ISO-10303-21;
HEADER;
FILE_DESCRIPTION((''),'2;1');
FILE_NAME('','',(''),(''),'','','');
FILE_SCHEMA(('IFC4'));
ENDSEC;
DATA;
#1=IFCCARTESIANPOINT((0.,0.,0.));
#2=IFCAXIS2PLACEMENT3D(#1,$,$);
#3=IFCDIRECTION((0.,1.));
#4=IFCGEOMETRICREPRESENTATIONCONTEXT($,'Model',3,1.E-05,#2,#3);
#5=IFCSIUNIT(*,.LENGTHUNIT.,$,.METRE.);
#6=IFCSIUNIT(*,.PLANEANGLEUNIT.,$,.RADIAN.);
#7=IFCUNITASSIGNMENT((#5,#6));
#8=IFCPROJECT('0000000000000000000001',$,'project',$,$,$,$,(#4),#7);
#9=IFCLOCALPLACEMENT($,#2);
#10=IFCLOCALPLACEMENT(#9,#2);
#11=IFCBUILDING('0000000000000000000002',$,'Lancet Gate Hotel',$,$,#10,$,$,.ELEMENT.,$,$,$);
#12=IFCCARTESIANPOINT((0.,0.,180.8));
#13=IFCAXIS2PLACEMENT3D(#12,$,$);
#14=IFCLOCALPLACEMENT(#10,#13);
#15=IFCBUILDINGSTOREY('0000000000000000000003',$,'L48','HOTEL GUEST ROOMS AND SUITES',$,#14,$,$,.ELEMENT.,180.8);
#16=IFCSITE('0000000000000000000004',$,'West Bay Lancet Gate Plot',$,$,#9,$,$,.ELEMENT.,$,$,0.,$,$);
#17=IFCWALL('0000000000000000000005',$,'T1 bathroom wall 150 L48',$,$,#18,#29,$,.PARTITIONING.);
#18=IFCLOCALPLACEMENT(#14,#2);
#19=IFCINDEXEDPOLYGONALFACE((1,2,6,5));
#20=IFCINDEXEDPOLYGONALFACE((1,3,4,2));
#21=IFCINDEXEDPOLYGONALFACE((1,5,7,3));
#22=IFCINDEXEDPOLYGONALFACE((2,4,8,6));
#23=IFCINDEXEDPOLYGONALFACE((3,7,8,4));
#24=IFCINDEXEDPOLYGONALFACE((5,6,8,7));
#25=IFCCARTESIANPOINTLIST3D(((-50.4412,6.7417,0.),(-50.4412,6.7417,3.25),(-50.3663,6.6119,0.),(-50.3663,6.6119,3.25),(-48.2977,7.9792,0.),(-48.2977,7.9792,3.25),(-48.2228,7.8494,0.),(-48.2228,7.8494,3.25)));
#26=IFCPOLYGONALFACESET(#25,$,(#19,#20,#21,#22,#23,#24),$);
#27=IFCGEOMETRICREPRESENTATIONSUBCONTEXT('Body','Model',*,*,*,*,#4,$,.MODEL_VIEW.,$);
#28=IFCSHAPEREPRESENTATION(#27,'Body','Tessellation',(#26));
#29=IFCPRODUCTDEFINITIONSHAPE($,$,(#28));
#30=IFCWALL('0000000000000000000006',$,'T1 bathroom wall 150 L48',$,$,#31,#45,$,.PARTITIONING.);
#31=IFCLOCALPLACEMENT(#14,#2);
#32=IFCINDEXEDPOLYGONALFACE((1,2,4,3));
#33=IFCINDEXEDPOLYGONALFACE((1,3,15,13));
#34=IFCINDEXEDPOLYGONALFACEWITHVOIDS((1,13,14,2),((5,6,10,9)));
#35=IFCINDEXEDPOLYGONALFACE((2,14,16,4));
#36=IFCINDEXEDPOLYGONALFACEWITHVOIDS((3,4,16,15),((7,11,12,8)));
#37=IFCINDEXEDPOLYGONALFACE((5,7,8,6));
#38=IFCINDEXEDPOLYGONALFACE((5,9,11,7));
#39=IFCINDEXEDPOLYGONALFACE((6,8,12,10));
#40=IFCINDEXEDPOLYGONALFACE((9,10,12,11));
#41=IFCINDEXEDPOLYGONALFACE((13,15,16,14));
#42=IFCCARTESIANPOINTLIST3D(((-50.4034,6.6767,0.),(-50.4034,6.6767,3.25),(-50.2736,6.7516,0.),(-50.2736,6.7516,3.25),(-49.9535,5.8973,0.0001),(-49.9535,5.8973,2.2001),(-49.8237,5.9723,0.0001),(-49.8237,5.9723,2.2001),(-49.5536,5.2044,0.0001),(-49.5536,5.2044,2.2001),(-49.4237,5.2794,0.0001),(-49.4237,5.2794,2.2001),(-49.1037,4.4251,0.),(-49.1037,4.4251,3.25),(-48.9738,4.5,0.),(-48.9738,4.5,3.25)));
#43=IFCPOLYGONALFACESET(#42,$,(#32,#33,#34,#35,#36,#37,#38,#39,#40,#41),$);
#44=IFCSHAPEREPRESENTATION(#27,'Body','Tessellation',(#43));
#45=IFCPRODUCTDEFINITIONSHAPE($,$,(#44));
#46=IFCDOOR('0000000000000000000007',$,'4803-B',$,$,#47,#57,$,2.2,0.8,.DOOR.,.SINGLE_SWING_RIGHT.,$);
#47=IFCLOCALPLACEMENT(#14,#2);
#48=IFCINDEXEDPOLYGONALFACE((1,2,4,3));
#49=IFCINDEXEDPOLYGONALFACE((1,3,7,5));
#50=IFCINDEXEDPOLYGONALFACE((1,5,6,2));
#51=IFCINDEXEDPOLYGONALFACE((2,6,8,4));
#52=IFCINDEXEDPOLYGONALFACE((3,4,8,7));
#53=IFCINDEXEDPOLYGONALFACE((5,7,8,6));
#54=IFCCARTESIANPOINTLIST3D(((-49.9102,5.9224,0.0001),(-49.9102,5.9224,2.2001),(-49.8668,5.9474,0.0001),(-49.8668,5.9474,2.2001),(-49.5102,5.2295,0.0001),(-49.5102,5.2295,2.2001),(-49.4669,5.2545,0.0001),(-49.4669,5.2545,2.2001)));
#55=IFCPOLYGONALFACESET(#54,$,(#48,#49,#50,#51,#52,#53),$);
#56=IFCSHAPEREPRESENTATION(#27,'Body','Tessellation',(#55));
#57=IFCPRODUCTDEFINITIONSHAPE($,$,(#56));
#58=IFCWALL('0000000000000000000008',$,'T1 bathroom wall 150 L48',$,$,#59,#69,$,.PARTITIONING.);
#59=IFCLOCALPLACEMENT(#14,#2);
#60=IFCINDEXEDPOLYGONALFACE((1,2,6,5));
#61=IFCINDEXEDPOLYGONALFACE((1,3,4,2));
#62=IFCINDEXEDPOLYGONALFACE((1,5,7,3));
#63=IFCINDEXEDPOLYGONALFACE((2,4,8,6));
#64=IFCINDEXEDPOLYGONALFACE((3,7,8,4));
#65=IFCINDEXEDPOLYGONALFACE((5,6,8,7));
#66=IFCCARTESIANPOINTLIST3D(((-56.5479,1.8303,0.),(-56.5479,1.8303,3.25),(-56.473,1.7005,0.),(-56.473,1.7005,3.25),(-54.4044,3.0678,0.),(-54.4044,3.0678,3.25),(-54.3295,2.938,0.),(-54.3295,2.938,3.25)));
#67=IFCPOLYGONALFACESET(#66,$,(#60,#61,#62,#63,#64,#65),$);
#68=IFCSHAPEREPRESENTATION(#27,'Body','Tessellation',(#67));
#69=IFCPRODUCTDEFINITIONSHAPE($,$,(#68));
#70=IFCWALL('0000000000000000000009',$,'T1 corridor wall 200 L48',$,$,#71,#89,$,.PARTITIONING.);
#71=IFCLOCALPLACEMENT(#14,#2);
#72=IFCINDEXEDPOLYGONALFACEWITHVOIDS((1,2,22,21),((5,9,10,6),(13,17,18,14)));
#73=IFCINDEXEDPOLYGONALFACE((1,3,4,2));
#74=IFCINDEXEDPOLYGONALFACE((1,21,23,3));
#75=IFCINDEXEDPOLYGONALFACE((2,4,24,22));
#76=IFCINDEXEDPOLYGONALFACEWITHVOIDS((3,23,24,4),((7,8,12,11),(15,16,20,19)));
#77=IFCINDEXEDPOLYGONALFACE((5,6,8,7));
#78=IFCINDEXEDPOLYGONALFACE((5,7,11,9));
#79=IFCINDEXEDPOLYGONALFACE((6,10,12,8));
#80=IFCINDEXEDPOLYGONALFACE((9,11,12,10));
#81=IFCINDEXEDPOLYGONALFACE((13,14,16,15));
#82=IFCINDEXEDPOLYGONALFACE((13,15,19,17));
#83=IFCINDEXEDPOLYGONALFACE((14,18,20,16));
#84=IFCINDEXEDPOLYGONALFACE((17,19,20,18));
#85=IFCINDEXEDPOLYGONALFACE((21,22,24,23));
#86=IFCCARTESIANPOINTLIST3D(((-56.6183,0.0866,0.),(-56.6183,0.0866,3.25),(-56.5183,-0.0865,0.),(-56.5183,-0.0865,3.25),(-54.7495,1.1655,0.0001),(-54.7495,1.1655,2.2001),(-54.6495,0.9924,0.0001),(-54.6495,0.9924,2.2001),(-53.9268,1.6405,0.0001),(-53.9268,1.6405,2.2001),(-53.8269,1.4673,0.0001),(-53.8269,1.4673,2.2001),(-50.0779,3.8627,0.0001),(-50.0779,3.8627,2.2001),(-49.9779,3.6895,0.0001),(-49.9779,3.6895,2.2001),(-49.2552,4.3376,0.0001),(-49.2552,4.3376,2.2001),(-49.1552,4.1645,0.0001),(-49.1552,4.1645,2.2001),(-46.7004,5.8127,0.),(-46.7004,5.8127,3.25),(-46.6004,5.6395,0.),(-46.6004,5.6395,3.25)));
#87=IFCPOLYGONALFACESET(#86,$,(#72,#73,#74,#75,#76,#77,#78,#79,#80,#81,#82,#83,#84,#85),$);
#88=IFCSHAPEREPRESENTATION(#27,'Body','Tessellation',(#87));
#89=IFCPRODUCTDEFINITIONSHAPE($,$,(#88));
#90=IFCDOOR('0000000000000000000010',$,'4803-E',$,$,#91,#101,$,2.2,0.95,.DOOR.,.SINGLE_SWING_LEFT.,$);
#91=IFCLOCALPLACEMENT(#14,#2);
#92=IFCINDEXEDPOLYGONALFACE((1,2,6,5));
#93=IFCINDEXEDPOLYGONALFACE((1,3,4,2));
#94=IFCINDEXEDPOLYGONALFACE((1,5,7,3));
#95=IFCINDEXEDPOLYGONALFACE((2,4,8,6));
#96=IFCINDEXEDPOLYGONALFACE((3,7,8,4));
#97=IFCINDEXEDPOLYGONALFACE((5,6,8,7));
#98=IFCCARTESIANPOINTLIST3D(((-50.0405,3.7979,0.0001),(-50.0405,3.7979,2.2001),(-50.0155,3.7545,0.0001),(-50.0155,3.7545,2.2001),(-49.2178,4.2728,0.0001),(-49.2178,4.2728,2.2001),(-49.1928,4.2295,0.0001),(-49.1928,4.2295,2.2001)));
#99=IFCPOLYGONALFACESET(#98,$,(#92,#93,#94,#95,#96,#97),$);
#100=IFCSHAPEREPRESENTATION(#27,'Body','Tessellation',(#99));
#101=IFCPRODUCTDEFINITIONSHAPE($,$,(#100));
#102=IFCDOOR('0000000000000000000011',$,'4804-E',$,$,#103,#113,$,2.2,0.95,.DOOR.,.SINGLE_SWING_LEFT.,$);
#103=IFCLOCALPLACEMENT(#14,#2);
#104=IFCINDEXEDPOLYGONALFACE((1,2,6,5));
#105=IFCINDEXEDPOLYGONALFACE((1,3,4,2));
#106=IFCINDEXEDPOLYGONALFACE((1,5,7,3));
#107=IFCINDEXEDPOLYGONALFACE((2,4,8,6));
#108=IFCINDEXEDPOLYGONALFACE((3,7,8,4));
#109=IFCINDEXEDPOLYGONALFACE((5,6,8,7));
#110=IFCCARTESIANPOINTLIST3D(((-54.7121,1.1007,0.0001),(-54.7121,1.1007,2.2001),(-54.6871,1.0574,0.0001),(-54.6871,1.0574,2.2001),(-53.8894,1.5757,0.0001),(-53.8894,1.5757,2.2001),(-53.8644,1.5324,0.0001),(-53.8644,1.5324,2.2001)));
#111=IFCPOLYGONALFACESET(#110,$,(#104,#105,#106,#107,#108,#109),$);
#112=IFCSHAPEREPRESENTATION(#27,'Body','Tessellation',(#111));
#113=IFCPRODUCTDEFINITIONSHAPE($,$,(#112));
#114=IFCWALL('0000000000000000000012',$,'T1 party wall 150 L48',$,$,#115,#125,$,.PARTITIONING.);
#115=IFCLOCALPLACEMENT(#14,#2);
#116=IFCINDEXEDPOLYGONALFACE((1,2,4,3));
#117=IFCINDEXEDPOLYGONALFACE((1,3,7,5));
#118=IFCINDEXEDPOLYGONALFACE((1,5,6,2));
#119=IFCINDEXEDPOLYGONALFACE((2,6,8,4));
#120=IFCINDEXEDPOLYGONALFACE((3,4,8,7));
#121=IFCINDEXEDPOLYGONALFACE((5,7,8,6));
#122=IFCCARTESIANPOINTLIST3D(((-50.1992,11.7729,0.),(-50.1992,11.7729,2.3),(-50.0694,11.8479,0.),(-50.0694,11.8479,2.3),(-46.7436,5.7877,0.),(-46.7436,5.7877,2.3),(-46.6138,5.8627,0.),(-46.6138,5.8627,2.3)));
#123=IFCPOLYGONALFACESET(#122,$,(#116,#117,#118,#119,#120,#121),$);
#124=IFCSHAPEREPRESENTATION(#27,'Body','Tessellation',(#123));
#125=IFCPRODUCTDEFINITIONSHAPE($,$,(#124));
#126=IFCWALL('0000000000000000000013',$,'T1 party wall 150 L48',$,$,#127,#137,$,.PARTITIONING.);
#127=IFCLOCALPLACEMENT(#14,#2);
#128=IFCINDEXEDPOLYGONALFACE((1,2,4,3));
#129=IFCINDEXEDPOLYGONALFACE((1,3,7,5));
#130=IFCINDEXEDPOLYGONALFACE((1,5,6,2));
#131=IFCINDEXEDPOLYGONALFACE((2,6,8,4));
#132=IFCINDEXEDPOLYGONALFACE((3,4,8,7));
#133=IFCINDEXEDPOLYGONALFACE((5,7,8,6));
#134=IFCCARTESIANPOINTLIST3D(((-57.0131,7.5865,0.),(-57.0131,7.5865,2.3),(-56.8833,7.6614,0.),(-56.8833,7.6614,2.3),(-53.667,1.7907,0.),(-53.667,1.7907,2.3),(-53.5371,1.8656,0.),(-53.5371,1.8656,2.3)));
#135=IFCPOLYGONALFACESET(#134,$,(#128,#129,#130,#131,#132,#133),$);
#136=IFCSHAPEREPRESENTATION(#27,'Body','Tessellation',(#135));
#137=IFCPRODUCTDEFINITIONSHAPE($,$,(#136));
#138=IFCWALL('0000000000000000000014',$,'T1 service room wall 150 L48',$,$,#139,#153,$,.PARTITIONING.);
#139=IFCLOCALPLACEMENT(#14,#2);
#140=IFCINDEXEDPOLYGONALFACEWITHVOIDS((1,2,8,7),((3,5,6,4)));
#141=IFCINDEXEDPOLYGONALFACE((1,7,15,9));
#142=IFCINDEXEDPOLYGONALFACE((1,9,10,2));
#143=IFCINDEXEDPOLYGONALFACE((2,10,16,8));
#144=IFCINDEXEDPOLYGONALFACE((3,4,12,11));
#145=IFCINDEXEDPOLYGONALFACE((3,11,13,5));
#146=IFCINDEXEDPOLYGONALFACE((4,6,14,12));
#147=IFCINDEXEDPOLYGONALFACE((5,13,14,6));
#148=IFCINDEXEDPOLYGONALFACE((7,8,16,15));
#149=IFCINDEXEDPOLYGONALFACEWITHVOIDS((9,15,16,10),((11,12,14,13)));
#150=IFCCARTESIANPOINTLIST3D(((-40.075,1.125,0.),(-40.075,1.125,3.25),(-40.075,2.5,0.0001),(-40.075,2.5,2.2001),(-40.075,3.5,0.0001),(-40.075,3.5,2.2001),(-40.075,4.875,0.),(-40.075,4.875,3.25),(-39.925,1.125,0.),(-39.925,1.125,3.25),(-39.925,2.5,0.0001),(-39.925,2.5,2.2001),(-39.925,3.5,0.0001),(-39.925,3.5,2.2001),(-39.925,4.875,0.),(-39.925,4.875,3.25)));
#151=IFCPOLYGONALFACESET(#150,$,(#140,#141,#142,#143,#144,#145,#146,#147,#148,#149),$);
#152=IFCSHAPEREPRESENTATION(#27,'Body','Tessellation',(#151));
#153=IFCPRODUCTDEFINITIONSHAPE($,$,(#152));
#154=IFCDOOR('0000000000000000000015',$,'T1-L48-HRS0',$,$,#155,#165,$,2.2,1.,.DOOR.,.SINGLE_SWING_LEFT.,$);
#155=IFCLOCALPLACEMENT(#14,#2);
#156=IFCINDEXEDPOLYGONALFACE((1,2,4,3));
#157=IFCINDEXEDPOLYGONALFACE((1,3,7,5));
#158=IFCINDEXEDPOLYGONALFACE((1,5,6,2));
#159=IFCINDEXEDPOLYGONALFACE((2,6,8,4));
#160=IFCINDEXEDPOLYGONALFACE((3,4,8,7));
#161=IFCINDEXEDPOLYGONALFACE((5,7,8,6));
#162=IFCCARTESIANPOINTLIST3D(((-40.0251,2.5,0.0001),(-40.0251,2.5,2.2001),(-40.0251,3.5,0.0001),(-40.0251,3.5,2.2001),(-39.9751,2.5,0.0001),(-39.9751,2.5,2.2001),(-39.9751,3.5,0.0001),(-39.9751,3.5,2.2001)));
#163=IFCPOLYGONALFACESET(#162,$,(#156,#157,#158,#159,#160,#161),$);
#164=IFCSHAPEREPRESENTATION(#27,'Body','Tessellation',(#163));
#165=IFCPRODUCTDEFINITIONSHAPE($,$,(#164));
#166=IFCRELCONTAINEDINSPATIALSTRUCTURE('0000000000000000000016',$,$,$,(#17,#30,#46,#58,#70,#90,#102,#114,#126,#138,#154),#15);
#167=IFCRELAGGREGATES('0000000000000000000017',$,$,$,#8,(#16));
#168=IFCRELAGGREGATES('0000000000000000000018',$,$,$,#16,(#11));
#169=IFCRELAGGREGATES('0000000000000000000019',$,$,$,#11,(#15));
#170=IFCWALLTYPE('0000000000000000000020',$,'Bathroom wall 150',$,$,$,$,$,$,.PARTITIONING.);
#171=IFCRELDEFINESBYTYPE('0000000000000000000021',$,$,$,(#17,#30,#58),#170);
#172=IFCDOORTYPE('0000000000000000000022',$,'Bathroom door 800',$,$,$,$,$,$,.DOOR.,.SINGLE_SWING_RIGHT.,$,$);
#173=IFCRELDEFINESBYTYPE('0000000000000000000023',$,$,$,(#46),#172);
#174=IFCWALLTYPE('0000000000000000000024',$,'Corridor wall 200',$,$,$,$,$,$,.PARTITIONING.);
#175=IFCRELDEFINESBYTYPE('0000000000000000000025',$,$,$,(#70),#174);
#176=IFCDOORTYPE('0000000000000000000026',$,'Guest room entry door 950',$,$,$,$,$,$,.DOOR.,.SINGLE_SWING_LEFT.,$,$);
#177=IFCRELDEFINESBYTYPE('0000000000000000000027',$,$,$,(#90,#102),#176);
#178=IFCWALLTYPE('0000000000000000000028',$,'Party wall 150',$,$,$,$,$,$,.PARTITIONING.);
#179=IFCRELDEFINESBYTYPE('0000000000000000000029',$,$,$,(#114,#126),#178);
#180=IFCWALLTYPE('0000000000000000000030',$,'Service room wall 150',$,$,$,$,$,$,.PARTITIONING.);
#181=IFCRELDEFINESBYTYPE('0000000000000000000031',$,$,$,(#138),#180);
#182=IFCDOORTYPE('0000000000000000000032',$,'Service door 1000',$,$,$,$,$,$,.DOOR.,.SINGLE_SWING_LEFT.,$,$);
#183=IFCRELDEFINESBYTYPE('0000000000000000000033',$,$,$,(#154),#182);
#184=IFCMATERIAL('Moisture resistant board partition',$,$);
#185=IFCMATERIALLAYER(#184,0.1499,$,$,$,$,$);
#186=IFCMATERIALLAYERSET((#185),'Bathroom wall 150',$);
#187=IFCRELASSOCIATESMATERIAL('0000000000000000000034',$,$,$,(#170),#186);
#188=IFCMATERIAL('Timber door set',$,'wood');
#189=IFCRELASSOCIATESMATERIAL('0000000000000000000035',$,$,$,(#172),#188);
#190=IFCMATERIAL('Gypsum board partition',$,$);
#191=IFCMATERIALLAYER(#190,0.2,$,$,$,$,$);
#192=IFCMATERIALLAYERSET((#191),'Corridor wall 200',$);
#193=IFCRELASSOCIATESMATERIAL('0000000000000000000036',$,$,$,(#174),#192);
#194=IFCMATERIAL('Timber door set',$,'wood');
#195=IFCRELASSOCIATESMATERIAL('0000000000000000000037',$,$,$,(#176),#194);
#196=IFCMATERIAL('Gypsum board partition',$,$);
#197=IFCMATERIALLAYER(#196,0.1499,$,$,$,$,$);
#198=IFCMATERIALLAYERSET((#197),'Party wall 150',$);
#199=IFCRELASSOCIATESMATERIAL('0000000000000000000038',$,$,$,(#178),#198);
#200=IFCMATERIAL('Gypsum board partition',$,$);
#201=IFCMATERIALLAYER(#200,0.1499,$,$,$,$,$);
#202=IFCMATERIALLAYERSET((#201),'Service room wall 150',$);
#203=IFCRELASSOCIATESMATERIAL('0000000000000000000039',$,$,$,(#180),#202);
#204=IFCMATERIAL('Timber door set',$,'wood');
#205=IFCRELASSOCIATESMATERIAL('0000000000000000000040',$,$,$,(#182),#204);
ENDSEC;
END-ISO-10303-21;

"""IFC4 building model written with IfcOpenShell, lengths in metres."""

from ifc_helpers import new_model, si_unit, direction, frame, frame_2d, origin, place, context, subcontext, project, spatial, rectangle, extrude, material, layer, layer_set, type_object, element, fill, save


model = new_model("IFC4")

# Units and contexts
model_context = context("Model", 3, precision=1e-05, world=origin(), true_north=direction((0.0, 1.0)))
body_context = subcontext(model_context, "Body", "Model", "MODEL_VIEW")
ifc_project = project(units=[si_unit("LENGTHUNIT", "METRE"), si_unit("PLANEANGLEUNIT", "RADIAN")], contexts=[model_context])

# Site, building, storey
site_placement = place(None, origin())
site = spatial("IfcSite", under=ifc_project, at=site_placement, Name="West Bay Lancet Gate Plot", CompositionType="ELEMENT", RefElevation=0.0)
building_placement = place(site_placement, origin())
building = spatial("IfcBuilding", under=site, at=building_placement, Name="Lancet Gate Hotel", CompositionType="ELEMENT")
storey_placement = place(building_placement, frame((0.0, 0.0, 180.8)))
storey = spatial("IfcBuildingStorey", under=building, at=storey_placement, Name="L48", Description="HOTEL GUEST ROOMS AND SUITES", CompositionType="ELEMENT", Elevation=180.8)

# Wall
ifc_material_1 = material(Name="Moisture resistant board partition")
ifc_layer_1 = layer(ifc_material_1, 0.1499)
ifc_layer_set_1 = layer_set([ifc_layer_1], Name="Bathroom wall 150")
wall_type_1 = type_object("IfcWallType", Name="Bathroom wall 150", PredefinedType="PARTITIONING", material=ifc_layer_set_1)
wall_1_placement = place(storey_placement, frame((-48.2603, 7.9143, 0.0), z_axis=(0.0, 0.0, 1.0), x_axis=(-0.866031, -0.49999, 0.0)))
element("IfcWall", 1, at=wall_1_placement, inside=storey, type_object=wall_type_1, Name="T1 bathroom wall 150 L48", PredefinedType="PARTITIONING", context=body_context, shape_type="SweptSolid", body=[
    extrude(rectangle(XDim=2.4751, YDim=0.1499, at=frame_2d((1.2375, 0.0))), origin(), (0.0, 0.0, 1.0), 3.25),
])

# Wall, opening, door
wall_2_placement = place(storey_placement, frame((-49.0388, 4.4626, 0.0), z_axis=(0.0, 0.0, 1.0), x_axis=(-0.499937, 0.866062, 0.0)))
wall_2 = element("IfcWall", 2, at=wall_2_placement, inside=storey, type_object=wall_type_1, Name="T1 bathroom wall 150 L48", PredefinedType="PARTITIONING", context=body_context, shape_type="SweptSolid", body=[
    extrude(rectangle(XDim=2.5999, YDim=0.1499, at=frame_2d((1.2998, 0.0))), origin(), (0.0, 0.0, 1.0), 3.25),
])
opening_1_placement = place(wall_2_placement, frame((0.8999, 0.0, 0.0)))
opening_1 = element("IfcOpeningElement", 3, at=opening_1_placement, cuts=wall_2, PredefinedType="OPENING", context=body_context, shape_type="SweptSolid", body=[
    extrude(rectangle(XDim=0.8, YDim=2.2, at=frame_2d((0.3999, 1.1001))), frame((0.0, 0.085, 0.0), z_axis=(0.0, -1.0, 0.0), x_axis=(1.0, 0.0, 0.0)), (0.0, 0.0, 1.0), 0.1699),
])
ifc_material_2 = material(Name="Timber door set", Category="wood")
door_type_1 = type_object("IfcDoorType", Name="Bathroom door 800", OperationType="SINGLE_SWING_RIGHT", PredefinedType="DOOR", material=ifc_material_2)
door_1_placement = place(opening_1_placement, origin())
door_1 = element("IfcDoor", 4, at=door_1_placement, inside=storey, type_object=door_type_1, Name="4803-B", OperationType="SINGLE_SWING_RIGHT", OverallHeight=2.2, OverallWidth=0.8, PredefinedType="DOOR", context=body_context, shape_type="SweptSolid", body=[
    extrude(rectangle(XDim=0.8, YDim=2.2, at=frame_2d((0.3999, 1.1001))), frame((0.0, 0.0249, 0.0), z_axis=(0.0, -1.0, 0.0), x_axis=(1.0, 0.0, 0.0)), (0.0, 0.0, 1.0), 0.05),
])
fill(opening_1, door_1)

# Wall
wall_3_placement = place(storey_placement, frame((-54.3669, 3.0029, 0.0), z_axis=(0.0, 0.0, 1.0), x_axis=(-0.866031, -0.49999, 0.0)))
element("IfcWall", 5, at=wall_3_placement, inside=storey, type_object=wall_type_1, Name="T1 bathroom wall 150 L48", PredefinedType="PARTITIONING", context=body_context, shape_type="SweptSolid", body=[
    extrude(rectangle(XDim=2.4751, YDim=0.1499, at=frame_2d((1.2375, 0.0))), origin(), (0.0, 0.0, 1.0), 3.25),
])

# Wall, openings, doors
ifc_material_3 = material(Name="Gypsum board partition")
ifc_layer_2 = layer(ifc_material_3, 0.2)
ifc_layer_set_2 = layer_set([ifc_layer_2], Name="Corridor wall 200")
wall_type_2 = type_object("IfcWallType", Name="Corridor wall 200", PredefinedType="PARTITIONING", material=ifc_layer_set_2)
wall_4_placement = place(storey_placement, frame((-46.6504, 5.7261, 0.0), z_axis=(0.0, 0.0, 1.0), x_axis=(-0.866028, -0.499996, 0.0)))
wall_4 = element("IfcWall", 6, at=wall_4_placement, inside=storey, type_object=wall_type_2, Name="T1 corridor wall 200 L48", PredefinedType="PARTITIONING", context=body_context, shape_type="SweptSolid", body=[
    extrude(rectangle(XDim=11.4521, YDim=0.2, at=frame_2d((5.7261, 0.0))), origin(), (0.0, 0.0, 1.0), 3.25),
])
opening_2_placement = place(wall_4_placement, frame((2.95, 0.0, 0.0)))
opening_2 = element("IfcOpeningElement", 7, at=opening_2_placement, cuts=wall_4, PredefinedType="OPENING", context=body_context, shape_type="SweptSolid", body=[
    extrude(rectangle(XDim=0.95, YDim=2.2, at=frame_2d((0.4751, 1.1001))), frame((0.0, 0.1099, 0.0), z_axis=(0.0, -1.0, 0.0), x_axis=(1.0, 0.0, 0.0)), (0.0, 0.0, 1.0), 0.22),
])
opening_3_placement = place(wall_4_placement, frame((8.3442, 0.0, 0.0)))
opening_3 = element("IfcOpeningElement", 8, at=opening_3_placement, cuts=wall_4, PredefinedType="OPENING", context=body_context, shape_type="SweptSolid", body=[
    extrude(rectangle(XDim=0.95, YDim=2.2, at=frame_2d((0.4751, 1.1001))), frame((0.0, 0.1099, 0.0), z_axis=(0.0, -1.0, 0.0), x_axis=(1.0, 0.0, 0.0)), (0.0, 0.0, 1.0), 0.22),
])
ifc_material_4 = material(Name="Timber door set", Category="wood")
door_type_2 = type_object("IfcDoorType", Name="Guest room entry door 950", OperationType="SINGLE_SWING_LEFT", PredefinedType="DOOR", material=ifc_material_4)
door_2_placement = place(opening_2_placement, origin())
door_2 = element("IfcDoor", 9, at=door_2_placement, inside=storey, type_object=door_type_2, Name="4803-E", OperationType="SINGLE_SWING_LEFT", OverallHeight=2.2, OverallWidth=0.95, PredefinedType="DOOR", context=body_context, shape_type="SweptSolid", body=[
    extrude(rectangle(XDim=0.95, YDim=2.2, at=frame_2d((0.4751, 1.1001))), frame((0.0, 0.0249, 0.0), z_axis=(0.0, -1.0, 0.0), x_axis=(1.0, 0.0, 0.0)), (0.0, 0.0, 1.0), 0.05),
])
fill(opening_2, door_2)
door_3_placement = place(opening_3_placement, origin())
door_3 = element("IfcDoor", 10, at=door_3_placement, inside=storey, type_object=door_type_2, Name="4804-E", OperationType="SINGLE_SWING_LEFT", OverallHeight=2.2, OverallWidth=0.95, PredefinedType="DOOR", context=body_context, shape_type="SweptSolid", body=[
    extrude(rectangle(XDim=0.95, YDim=2.2, at=frame_2d((0.4751, 1.1001))), frame((0.0, 0.0249, 0.0), z_axis=(0.0, -1.0, 0.0), x_axis=(1.0, 0.0, 0.0)), (0.0, 0.0, 1.0), 0.05),
])
fill(opening_3, door_3)

# Walls
ifc_material_5 = material(Name="Gypsum board partition")
ifc_layer_3 = layer(ifc_material_5, 0.1499)
ifc_layer_set_3 = layer_set([ifc_layer_3], Name="Party wall 150")
wall_type_3 = type_object("IfcWallType", Name="Party wall 150", PredefinedType="PARTITIONING", material=ifc_layer_set_3)
wall_5_placement = place(storey_placement, frame((-46.6787, 5.8252, 0.0), z_axis=(0.0, 0.0, 1.0), x_axis=(-0.500007, 0.866021, 0.0)))
element("IfcWall", 11, at=wall_5_placement, inside=storey, type_object=wall_type_3, Name="T1 party wall 150 L48", PredefinedType="PARTITIONING", context=body_context, shape_type="SweptSolid", body=[
    extrude(rectangle(XDim=6.9111, YDim=0.1499, at=frame_2d((3.4556, 0.0))), origin(), (0.0, 0.0, 1.0), 2.3),
])
wall_6_placement = place(storey_placement, frame((-53.6021, 1.8281, 0.0), z_axis=(0.0, 0.0, 1.0), x_axis=(-0.499992, 0.86603, 0.0)))
element("IfcWall", 12, at=wall_6_placement, inside=storey, type_object=wall_type_3, Name="T1 party wall 150 L48", PredefinedType="PARTITIONING", context=body_context, shape_type="SweptSolid", body=[
    extrude(rectangle(XDim=6.6924, YDim=0.1499, at=frame_2d((3.3462, 0.0))), origin(), (0.0, 0.0, 1.0), 2.3),
])

# Wall, opening, door
ifc_material_6 = material(Name="Gypsum board partition")
ifc_layer_4 = layer(ifc_material_6, 0.1499)
ifc_layer_set_4 = layer_set([ifc_layer_4], Name="Service room wall 150")
wall_type_4 = type_object("IfcWallType", Name="Service room wall 150", PredefinedType="PARTITIONING", material=ifc_layer_set_4)
wall_7_placement = place(storey_placement, frame((-40.0, 4.875, 0.0), z_axis=(0.0, 0.0, 1.0), x_axis=(0.0, -1.0, 0.0)))
wall_7 = element("IfcWall", 13, at=wall_7_placement, inside=storey, type_object=wall_type_4, Name="T1 service room wall 150 L48", PredefinedType="PARTITIONING", context=body_context, shape_type="SweptSolid", body=[
    extrude(rectangle(XDim=3.75, YDim=0.1499, at=frame_2d((1.875, 0.0))), origin(), (0.0, 0.0, 1.0), 3.25),
])
opening_4_placement = place(wall_7_placement, frame((1.375, 0.0, 0.0)))
opening_4 = element("IfcOpeningElement", 14, at=opening_4_placement, cuts=wall_7, PredefinedType="OPENING", context=body_context, shape_type="SweptSolid", body=[
    extrude(rectangle(XDim=1.0, YDim=2.2, at=frame_2d((0.5, 1.1001))), frame((0.0, 0.085, 0.0), z_axis=(0.0, -1.0, 0.0), x_axis=(1.0, 0.0, 0.0)), (0.0, 0.0, 1.0), 0.1699),
])
ifc_material_7 = material(Name="Timber door set", Category="wood")
door_type_3 = type_object("IfcDoorType", Name="Service door 1000", OperationType="SINGLE_SWING_LEFT", PredefinedType="DOOR", material=ifc_material_7)
door_4_placement = place(opening_4_placement, origin())
door_4 = element("IfcDoor", 15, at=door_4_placement, inside=storey, type_object=door_type_3, Name="T1-L48-HRS0", OperationType="SINGLE_SWING_LEFT", OverallHeight=2.2, OverallWidth=1.0, PredefinedType="DOOR", context=body_context, shape_type="SweptSolid", body=[
    extrude(rectangle(XDim=1.0, YDim=2.2, at=frame_2d((0.5, 1.1001))), frame((0.0, 0.0249, 0.0), z_axis=(0.0, -1.0, 0.0), x_axis=(1.0, 0.0, 0.0)), (0.0, 0.0, 1.0), 0.05),
])
fill(opening_4, door_4)

save(model, "model.ifc")
